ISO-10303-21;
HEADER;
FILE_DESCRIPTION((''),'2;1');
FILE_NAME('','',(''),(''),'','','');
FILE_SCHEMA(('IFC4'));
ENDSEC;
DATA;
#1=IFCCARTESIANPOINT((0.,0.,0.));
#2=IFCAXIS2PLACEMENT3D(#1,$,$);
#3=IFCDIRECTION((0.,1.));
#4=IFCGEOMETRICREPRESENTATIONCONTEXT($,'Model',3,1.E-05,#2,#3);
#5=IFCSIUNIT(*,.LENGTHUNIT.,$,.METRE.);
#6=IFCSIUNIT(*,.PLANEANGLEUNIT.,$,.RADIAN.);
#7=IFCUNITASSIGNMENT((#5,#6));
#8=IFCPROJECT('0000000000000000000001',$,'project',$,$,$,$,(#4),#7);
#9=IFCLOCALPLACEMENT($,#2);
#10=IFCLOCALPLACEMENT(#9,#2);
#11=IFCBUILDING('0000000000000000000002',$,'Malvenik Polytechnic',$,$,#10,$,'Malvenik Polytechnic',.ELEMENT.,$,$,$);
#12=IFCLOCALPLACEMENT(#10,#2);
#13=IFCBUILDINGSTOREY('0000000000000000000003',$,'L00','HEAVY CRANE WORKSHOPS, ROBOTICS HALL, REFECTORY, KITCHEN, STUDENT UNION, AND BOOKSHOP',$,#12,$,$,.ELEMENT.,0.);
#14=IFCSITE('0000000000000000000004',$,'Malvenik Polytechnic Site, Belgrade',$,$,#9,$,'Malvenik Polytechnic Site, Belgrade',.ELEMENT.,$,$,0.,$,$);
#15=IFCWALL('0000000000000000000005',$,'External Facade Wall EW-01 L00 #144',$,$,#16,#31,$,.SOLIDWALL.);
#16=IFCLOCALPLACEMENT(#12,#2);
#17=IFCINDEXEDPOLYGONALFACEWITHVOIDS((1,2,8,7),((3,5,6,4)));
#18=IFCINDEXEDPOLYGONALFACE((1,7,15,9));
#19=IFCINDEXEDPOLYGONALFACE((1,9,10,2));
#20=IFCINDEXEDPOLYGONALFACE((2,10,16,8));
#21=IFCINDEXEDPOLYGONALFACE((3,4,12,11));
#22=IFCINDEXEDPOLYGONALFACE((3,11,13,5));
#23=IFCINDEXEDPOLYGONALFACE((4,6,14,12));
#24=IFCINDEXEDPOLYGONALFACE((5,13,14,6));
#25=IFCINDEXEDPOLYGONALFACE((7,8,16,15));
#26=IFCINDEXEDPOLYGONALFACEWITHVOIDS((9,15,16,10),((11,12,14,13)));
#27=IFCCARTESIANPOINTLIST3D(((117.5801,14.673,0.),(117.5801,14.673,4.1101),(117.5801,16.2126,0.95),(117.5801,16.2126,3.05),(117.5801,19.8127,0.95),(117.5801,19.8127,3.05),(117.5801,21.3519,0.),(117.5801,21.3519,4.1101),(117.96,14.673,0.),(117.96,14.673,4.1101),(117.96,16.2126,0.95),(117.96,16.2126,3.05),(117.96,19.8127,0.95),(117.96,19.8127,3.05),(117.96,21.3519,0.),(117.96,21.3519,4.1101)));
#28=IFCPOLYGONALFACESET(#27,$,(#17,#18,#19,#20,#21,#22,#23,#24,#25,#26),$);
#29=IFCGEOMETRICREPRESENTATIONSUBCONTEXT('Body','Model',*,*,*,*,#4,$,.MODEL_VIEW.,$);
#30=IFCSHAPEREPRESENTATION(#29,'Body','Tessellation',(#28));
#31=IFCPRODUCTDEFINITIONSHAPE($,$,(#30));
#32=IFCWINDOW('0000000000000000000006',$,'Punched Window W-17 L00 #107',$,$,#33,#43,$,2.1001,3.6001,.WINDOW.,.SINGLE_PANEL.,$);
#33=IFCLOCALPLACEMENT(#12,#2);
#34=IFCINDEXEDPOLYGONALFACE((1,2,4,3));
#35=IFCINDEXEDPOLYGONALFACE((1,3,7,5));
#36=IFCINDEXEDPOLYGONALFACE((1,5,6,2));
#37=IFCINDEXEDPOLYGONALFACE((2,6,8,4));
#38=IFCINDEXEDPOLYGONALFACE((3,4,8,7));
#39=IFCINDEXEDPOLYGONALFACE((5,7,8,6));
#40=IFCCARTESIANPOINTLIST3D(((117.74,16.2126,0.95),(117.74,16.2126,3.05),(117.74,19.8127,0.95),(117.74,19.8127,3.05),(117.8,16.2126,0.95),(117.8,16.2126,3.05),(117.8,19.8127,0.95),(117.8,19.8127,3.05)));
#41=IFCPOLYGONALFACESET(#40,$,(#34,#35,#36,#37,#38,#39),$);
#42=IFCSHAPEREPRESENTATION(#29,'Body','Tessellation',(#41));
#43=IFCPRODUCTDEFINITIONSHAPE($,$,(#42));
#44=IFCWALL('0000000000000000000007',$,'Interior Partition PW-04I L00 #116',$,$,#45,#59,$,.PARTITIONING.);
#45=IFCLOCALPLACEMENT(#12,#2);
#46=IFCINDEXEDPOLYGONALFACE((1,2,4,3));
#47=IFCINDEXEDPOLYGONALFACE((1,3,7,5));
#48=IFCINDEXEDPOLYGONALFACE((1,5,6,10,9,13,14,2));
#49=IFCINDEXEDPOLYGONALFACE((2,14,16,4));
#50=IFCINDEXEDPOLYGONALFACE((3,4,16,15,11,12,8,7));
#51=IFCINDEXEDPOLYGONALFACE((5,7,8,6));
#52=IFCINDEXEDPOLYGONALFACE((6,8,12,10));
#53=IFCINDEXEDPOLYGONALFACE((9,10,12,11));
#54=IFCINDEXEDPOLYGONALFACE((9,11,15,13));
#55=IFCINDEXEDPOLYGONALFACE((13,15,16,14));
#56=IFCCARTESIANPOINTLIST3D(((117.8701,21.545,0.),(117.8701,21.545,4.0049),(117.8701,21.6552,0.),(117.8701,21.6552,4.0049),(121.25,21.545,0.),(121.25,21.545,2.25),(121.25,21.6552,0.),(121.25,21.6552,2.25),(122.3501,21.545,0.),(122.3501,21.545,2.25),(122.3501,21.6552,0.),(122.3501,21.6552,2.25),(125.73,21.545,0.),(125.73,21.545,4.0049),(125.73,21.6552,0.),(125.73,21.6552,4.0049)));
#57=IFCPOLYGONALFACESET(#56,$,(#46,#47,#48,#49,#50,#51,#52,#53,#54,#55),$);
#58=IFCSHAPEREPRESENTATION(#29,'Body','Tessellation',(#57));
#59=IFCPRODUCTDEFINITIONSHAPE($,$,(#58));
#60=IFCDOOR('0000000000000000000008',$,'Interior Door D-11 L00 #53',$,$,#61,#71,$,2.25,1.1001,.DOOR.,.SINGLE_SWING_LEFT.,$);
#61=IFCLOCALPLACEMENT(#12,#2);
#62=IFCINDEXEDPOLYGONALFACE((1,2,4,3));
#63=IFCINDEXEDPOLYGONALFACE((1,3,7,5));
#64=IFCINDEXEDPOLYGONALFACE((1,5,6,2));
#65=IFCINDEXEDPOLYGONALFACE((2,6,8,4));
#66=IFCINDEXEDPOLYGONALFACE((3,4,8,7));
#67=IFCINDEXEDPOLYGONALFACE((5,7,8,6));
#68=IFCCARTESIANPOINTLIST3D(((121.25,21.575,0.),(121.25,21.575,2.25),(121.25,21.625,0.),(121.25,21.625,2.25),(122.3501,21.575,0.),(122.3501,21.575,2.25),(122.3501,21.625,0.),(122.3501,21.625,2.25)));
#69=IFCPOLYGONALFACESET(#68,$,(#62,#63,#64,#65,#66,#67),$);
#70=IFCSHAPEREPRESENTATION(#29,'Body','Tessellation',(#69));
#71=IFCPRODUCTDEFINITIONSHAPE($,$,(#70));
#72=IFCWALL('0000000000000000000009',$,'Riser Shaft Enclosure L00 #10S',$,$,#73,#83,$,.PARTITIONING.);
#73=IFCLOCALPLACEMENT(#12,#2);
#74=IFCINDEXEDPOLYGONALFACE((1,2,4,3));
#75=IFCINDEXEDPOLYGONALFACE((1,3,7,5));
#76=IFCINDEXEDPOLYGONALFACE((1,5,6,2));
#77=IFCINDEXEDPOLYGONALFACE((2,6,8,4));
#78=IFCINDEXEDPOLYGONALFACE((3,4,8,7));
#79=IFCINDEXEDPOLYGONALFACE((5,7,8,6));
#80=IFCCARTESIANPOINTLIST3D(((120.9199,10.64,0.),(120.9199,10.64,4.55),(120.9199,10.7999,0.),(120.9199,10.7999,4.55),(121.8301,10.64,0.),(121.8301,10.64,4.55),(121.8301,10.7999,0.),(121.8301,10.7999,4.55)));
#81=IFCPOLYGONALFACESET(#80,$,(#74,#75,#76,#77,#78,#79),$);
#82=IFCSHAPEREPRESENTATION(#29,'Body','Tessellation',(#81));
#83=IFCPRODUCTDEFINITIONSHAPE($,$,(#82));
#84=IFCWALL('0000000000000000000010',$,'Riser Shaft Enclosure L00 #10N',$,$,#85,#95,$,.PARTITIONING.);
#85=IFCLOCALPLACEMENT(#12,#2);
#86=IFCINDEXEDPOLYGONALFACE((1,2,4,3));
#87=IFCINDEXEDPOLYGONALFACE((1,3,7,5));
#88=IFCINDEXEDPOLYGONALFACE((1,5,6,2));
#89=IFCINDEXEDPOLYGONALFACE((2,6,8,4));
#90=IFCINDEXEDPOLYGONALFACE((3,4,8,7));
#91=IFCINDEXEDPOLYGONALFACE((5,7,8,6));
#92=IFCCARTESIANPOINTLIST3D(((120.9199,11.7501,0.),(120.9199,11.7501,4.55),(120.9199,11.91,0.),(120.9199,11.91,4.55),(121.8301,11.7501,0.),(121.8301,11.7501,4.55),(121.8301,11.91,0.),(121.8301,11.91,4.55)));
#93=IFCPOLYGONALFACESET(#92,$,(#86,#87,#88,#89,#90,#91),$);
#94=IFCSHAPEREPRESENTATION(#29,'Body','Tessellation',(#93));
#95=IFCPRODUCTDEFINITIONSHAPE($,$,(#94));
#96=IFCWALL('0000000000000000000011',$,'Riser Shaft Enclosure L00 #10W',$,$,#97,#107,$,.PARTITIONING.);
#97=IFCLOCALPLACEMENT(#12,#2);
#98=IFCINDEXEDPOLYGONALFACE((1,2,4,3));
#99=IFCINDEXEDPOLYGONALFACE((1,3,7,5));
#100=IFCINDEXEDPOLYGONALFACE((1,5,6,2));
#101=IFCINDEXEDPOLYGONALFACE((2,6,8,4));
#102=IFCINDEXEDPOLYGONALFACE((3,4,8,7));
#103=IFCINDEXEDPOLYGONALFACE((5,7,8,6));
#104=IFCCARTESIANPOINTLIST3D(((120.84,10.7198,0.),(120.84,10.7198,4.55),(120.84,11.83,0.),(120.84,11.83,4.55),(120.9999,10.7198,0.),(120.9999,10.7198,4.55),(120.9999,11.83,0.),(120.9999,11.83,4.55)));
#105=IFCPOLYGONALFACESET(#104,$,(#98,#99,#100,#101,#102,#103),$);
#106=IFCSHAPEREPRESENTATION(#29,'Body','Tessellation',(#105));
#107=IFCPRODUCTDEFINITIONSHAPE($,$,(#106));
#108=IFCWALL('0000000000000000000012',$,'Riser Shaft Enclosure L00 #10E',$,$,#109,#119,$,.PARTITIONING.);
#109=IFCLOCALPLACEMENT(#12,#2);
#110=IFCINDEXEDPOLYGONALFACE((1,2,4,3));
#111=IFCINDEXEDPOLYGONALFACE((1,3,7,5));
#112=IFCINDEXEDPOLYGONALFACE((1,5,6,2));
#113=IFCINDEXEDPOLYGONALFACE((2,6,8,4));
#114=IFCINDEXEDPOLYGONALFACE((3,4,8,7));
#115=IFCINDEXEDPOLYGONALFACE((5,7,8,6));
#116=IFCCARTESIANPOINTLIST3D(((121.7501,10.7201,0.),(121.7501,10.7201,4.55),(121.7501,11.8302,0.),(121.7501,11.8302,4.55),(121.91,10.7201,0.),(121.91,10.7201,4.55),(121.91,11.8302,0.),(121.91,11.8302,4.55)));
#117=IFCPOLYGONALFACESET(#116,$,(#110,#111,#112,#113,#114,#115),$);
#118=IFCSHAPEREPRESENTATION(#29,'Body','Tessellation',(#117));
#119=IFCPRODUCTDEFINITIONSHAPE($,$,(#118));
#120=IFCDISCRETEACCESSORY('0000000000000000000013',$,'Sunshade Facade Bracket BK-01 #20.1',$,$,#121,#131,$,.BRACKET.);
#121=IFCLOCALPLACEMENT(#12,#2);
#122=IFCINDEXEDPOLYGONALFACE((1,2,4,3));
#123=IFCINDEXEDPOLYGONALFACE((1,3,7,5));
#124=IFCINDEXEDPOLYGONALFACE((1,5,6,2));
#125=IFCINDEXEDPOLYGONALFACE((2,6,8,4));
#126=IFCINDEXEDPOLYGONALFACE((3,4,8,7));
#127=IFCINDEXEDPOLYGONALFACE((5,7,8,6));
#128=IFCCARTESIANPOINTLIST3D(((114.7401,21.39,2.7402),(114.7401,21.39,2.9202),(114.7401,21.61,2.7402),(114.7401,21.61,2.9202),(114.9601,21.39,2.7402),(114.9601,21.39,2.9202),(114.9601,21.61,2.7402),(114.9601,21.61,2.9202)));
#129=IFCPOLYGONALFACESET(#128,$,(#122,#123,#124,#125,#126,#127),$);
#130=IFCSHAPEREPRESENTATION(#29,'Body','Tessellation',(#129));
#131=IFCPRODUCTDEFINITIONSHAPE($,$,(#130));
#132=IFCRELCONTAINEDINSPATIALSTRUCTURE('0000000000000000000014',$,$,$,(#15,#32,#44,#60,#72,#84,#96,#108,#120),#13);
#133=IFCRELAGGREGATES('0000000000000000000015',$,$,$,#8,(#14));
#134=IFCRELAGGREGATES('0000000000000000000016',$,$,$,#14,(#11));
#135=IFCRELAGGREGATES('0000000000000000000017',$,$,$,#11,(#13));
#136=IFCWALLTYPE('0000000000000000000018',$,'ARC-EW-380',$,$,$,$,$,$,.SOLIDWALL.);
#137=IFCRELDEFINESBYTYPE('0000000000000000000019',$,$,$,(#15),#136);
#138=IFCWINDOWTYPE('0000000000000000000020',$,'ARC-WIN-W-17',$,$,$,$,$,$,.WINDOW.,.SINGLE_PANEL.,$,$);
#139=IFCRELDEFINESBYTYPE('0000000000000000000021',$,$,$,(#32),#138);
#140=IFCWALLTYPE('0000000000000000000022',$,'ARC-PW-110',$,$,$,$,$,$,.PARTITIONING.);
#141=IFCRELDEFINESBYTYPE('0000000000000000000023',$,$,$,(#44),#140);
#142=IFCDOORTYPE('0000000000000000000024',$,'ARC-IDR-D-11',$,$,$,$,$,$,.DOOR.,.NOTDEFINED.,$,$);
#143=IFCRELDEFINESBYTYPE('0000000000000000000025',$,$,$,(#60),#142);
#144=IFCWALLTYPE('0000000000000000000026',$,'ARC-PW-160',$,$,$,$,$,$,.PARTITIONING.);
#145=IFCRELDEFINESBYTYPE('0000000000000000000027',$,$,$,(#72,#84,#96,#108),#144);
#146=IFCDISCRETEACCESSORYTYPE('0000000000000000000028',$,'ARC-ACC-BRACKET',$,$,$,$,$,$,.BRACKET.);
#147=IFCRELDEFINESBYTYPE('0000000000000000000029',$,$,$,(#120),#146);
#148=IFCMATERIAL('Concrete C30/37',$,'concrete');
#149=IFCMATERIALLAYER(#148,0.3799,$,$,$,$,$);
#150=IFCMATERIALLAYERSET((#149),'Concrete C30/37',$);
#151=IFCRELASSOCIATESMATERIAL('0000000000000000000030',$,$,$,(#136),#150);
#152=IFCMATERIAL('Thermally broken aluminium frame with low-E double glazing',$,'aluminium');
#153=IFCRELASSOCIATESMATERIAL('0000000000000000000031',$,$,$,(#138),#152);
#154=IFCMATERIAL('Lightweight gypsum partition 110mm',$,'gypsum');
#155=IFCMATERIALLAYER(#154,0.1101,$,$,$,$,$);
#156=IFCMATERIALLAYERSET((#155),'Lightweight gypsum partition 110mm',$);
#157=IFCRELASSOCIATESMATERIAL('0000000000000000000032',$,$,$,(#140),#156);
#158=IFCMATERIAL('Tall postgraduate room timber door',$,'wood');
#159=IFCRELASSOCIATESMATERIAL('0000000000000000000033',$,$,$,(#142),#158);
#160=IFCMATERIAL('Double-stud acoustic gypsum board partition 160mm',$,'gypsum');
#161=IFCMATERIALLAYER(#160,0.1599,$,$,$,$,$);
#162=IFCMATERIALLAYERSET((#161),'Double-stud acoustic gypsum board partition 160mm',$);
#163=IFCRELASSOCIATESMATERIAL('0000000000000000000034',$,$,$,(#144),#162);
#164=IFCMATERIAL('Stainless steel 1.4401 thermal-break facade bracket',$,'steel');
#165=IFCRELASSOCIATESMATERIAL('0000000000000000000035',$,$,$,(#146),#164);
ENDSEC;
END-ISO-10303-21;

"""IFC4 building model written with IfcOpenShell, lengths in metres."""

from ifc_helpers import new_model, si_unit, direction, frame, frame_2d, origin, origin_2d, place, context, subcontext, project, spatial, rectangle, extrude, material, layer, layer_set, type_object, element, fill, save


model = new_model("IFC4")

# Units and contexts
model_context = context("Model", 3, precision=1e-05, world=origin(), true_north=direction((0.0, 1.0)))
body_context = subcontext(model_context, "Body", "Model", "MODEL_VIEW")
ifc_project = project(units=[si_unit("LENGTHUNIT", "METRE"), si_unit("PLANEANGLEUNIT", "RADIAN")], contexts=[model_context])

# Site, building, storey
site_placement = place(None, origin())
site = spatial("IfcSite", under=ifc_project, at=site_placement, Name="Malvenik Polytechnic Site, Belgrade", LongName="Malvenik Polytechnic Site, Belgrade", CompositionType="ELEMENT", RefElevation=0.0)
building_placement = place(site_placement, origin())
building = spatial("IfcBuilding", under=site, at=building_placement, Name="Malvenik Polytechnic", LongName="Malvenik Polytechnic", CompositionType="ELEMENT")
storey_placement = place(building_placement, origin())
storey = spatial("IfcBuildingStorey", under=building, at=storey_placement, Name="L00", Description="HEAVY CRANE WORKSHOPS, ROBOTICS HALL, REFECTORY, KITCHEN, STUDENT UNION, AND BOOKSHOP", CompositionType="ELEMENT", Elevation=0.0)

# Shared definitions
ifc_material_1 = material(Name="Concrete C30/37", Category="concrete")

# Wall, opening, window
ifc_layer_1 = layer(ifc_material_1, 0.3799)
ifc_layer_set_1 = layer_set([ifc_layer_1], Name="Concrete C30/37")
wall_type_1 = type_object("IfcWallType", Name="ARC-EW-380", PredefinedType="SOLIDWALL", material=ifc_layer_set_1)
ifc_material_2 = material(Name="Thermally broken aluminium frame with low-E double glazing", Category="aluminium")
wall_1_placement = place(storey_placement, frame((117.77, 14.6731, 0.0), z_axis=(0.0, 0.0, 1.0), x_axis=(0.0, 1.0, 0.0)))
wall_1 = element("IfcWall", 1, at=wall_1_placement, inside=storey, type_object=wall_type_1, Name="External Facade Wall EW-01 L00 #144", PredefinedType="SOLIDWALL", context=body_context, shape_type="SweptSolid", body=[
    extrude(rectangle(XDim=6.679, YDim=0.3799, at=frame_2d((3.3394, 0.0))), origin(), (0.0, 0.0, 1.0), 4.1101),
])
opening_1_placement = place(wall_1_placement, frame((1.5396, 0.0, 0.95)))
opening_1 = element("IfcOpeningElement", 2, at=opening_1_placement, cuts=wall_1, PredefinedType="OPENING", context=body_context, shape_type="SweptSolid", body=[
    extrude(rectangle(XDim=3.6001, YDim=2.1001, at=frame_2d((1.8, 1.05))), frame((0.0, 0.2, 0.0), z_axis=(0.0, -1.0, 0.0), x_axis=(1.0, 0.0, 0.0)), (0.0, 0.0, 1.0), 0.3999),
])
window_type_1 = type_object("IfcWindowType", Name="ARC-WIN-W-17", PartitioningType="SINGLE_PANEL", PredefinedType="WINDOW", material=ifc_material_2)
window_1_placement = place(opening_1_placement, origin())
window_1 = element("IfcWindow", 3, at=window_1_placement, inside=storey, type_object=window_type_1, Name="Punched Window W-17 L00 #107", OverallHeight=2.1001, OverallWidth=3.6001, PartitioningType="SINGLE_PANEL", PredefinedType="WINDOW", context=body_context, shape_type="SweptSolid", body=[
    extrude(rectangle(XDim=3.6001, YDim=2.1001, at=frame_2d((1.8, 1.05))), frame((0.0, 0.03, 0.0), z_axis=(0.0, -1.0, 0.0), x_axis=(1.0, 0.0, 0.0)), (0.0, 0.0, 1.0), 0.0601),
])
fill(opening_1, window_1)

# Wall, opening, door
ifc_material_3 = material(Name="Lightweight gypsum partition 110mm", Category="gypsum")
ifc_layer_2 = layer(ifc_material_3, 0.1101)
ifc_layer_set_2 = layer_set([ifc_layer_2], Name="Lightweight gypsum partition 110mm")
wall_type_2 = type_object("IfcWallType", Name="ARC-PW-110", PredefinedType="PARTITIONING", material=ifc_layer_set_2)
wall_2_placement = place(storey_placement, frame((117.8701, 21.6001, 0.0), z_axis=(0.0, 0.0, 1.0), x_axis=(1.0, 0.0, 0.0)))
wall_2 = element("IfcWall", 4, at=wall_2_placement, inside=storey, type_object=wall_type_2, Name="Interior Partition PW-04I L00 #116", PredefinedType="PARTITIONING", context=body_context, shape_type="SweptSolid", body=[
    extrude(rectangle(XDim=7.8599, YDim=0.1101, at=frame_2d((3.9299, 0.0))), origin(), (0.0, 0.0, 1.0), 4.0049),
])
opening_2_placement = place(wall_2_placement, frame((3.3799, 0.0, 0.0)))
opening_2 = element("IfcOpeningElement", 5, at=opening_2_placement, cuts=wall_2, PredefinedType="OPENING", context=body_context, shape_type="SweptSolid", body=[
    extrude(rectangle(XDim=1.1001, YDim=2.25, at=frame_2d((0.55, 1.125))), frame((0.0, 0.0649, 0.0), z_axis=(0.0, -1.0, 0.0), x_axis=(1.0, 0.0, 0.0)), (0.0, 0.0, 1.0), 0.1301),
])
ifc_material_4 = material(Name="Tall postgraduate room timber door", Category="wood")
door_type = type_object("IfcDoorType", Name="ARC-IDR-D-11", OperationType="NOTDEFINED", PredefinedType="DOOR", material=ifc_material_4)
door_placement = place(opening_2_placement, origin())
door = element("IfcDoor", 6, at=door_placement, inside=storey, type_object=door_type, Name="Interior Door D-11 L00 #53", OperationType="SINGLE_SWING_LEFT", OverallHeight=2.25, OverallWidth=1.1001, PredefinedType="DOOR", context=body_context, shape_type="SweptSolid", body=[
    extrude(rectangle(XDim=1.1001, YDim=2.25, at=frame_2d((0.55, 1.125))), frame((0.0, 0.0249, 0.0), z_axis=(0.0, -1.0, 0.0), x_axis=(1.0, 0.0, 0.0)), (0.0, 0.0, 1.0), 0.05),
])
fill(opening_2, door)

# Walls
ifc_material_5 = material(Name="Double-stud acoustic gypsum board partition 160mm", Category="gypsum")
ifc_layer_3 = layer(ifc_material_5, 0.1599)
ifc_layer_set_3 = layer_set([ifc_layer_3], Name="Double-stud acoustic gypsum board partition 160mm")
wall_type_3 = type_object("IfcWallType", Name="ARC-PW-160", PredefinedType="PARTITIONING", material=ifc_layer_set_3)
for number, where, z_axis, x_axis, name in (
    (7, (120.9199, 10.72, 0.0), (0.0, 0.0, 1.0), (1.0, 0.0, 0.0), "Riser Shaft Enclosure L00 #10S"),
    (8, (121.8301, 11.8301, 0.0), (0.0, 0.0, 1.0), (-1.0, 0.0, 0.0), "Riser Shaft Enclosure L00 #10N"),
):
    element("IfcWall", number, at=place(storey_placement, frame(where, z_axis=z_axis, x_axis=x_axis)), inside=storey, type_object=wall_type_3, Name=name, PredefinedType="PARTITIONING", context=body_context, shape_type="SweptSolid", body=[
        extrude(rectangle(XDim=0.9102, YDim=0.1599, at=frame_2d((0.4551, 0.0))), origin(), (0.0, 0.0, 1.0), 4.55),
    ])
for number, where, z_axis, x_axis, name in (
    (9, (120.9199, 11.8301, 0.0), (0.0, 0.0, 1.0), (0.0, -1.0, 0.0), "Riser Shaft Enclosure L00 #10W"),
    (10, (121.8301, 10.72, 0.0), (0.0, 0.0, 1.0), (0.0, 1.0, 0.0), "Riser Shaft Enclosure L00 #10E"),
):
    element("IfcWall", number, at=place(storey_placement, frame(where, z_axis=z_axis, x_axis=x_axis)), inside=storey, type_object=wall_type_3, Name=name, PredefinedType="PARTITIONING", context=body_context, shape_type="SweptSolid", body=[
        extrude(rectangle(XDim=1.1101, YDim=0.1599, at=frame_2d((0.5552, 0.0))), origin(), (0.0, 0.0, 1.0), 4.55),
    ])

# Discrete accessory
ifc_material_6 = material(Name="Stainless steel 1.4401 thermal-break facade bracket", Category="steel")
discrete_accessory_type = type_object("IfcDiscreteAccessoryType", Name="ARC-ACC-BRACKET", PredefinedType="BRACKET", material=ifc_material_6)
discrete_accessory_placement = place(storey_placement, frame((114.8501, 21.5, 2.7402), z_axis=(0.0, 0.0, 1.0), x_axis=(1.0, 0.0, 0.0)))
element("IfcDiscreteAccessory", 11, at=discrete_accessory_placement, inside=storey, type_object=discrete_accessory_type, Name="Sunshade Facade Bracket BK-01 #20.1", PredefinedType="BRACKET", context=body_context, shape_type="SweptSolid", body=[
    extrude(rectangle(XDim=0.22, YDim=0.22, at=origin_2d()), origin(), (0.0, 0.0, 1.0), 0.1799),
])

save(model, "model.ifc")
